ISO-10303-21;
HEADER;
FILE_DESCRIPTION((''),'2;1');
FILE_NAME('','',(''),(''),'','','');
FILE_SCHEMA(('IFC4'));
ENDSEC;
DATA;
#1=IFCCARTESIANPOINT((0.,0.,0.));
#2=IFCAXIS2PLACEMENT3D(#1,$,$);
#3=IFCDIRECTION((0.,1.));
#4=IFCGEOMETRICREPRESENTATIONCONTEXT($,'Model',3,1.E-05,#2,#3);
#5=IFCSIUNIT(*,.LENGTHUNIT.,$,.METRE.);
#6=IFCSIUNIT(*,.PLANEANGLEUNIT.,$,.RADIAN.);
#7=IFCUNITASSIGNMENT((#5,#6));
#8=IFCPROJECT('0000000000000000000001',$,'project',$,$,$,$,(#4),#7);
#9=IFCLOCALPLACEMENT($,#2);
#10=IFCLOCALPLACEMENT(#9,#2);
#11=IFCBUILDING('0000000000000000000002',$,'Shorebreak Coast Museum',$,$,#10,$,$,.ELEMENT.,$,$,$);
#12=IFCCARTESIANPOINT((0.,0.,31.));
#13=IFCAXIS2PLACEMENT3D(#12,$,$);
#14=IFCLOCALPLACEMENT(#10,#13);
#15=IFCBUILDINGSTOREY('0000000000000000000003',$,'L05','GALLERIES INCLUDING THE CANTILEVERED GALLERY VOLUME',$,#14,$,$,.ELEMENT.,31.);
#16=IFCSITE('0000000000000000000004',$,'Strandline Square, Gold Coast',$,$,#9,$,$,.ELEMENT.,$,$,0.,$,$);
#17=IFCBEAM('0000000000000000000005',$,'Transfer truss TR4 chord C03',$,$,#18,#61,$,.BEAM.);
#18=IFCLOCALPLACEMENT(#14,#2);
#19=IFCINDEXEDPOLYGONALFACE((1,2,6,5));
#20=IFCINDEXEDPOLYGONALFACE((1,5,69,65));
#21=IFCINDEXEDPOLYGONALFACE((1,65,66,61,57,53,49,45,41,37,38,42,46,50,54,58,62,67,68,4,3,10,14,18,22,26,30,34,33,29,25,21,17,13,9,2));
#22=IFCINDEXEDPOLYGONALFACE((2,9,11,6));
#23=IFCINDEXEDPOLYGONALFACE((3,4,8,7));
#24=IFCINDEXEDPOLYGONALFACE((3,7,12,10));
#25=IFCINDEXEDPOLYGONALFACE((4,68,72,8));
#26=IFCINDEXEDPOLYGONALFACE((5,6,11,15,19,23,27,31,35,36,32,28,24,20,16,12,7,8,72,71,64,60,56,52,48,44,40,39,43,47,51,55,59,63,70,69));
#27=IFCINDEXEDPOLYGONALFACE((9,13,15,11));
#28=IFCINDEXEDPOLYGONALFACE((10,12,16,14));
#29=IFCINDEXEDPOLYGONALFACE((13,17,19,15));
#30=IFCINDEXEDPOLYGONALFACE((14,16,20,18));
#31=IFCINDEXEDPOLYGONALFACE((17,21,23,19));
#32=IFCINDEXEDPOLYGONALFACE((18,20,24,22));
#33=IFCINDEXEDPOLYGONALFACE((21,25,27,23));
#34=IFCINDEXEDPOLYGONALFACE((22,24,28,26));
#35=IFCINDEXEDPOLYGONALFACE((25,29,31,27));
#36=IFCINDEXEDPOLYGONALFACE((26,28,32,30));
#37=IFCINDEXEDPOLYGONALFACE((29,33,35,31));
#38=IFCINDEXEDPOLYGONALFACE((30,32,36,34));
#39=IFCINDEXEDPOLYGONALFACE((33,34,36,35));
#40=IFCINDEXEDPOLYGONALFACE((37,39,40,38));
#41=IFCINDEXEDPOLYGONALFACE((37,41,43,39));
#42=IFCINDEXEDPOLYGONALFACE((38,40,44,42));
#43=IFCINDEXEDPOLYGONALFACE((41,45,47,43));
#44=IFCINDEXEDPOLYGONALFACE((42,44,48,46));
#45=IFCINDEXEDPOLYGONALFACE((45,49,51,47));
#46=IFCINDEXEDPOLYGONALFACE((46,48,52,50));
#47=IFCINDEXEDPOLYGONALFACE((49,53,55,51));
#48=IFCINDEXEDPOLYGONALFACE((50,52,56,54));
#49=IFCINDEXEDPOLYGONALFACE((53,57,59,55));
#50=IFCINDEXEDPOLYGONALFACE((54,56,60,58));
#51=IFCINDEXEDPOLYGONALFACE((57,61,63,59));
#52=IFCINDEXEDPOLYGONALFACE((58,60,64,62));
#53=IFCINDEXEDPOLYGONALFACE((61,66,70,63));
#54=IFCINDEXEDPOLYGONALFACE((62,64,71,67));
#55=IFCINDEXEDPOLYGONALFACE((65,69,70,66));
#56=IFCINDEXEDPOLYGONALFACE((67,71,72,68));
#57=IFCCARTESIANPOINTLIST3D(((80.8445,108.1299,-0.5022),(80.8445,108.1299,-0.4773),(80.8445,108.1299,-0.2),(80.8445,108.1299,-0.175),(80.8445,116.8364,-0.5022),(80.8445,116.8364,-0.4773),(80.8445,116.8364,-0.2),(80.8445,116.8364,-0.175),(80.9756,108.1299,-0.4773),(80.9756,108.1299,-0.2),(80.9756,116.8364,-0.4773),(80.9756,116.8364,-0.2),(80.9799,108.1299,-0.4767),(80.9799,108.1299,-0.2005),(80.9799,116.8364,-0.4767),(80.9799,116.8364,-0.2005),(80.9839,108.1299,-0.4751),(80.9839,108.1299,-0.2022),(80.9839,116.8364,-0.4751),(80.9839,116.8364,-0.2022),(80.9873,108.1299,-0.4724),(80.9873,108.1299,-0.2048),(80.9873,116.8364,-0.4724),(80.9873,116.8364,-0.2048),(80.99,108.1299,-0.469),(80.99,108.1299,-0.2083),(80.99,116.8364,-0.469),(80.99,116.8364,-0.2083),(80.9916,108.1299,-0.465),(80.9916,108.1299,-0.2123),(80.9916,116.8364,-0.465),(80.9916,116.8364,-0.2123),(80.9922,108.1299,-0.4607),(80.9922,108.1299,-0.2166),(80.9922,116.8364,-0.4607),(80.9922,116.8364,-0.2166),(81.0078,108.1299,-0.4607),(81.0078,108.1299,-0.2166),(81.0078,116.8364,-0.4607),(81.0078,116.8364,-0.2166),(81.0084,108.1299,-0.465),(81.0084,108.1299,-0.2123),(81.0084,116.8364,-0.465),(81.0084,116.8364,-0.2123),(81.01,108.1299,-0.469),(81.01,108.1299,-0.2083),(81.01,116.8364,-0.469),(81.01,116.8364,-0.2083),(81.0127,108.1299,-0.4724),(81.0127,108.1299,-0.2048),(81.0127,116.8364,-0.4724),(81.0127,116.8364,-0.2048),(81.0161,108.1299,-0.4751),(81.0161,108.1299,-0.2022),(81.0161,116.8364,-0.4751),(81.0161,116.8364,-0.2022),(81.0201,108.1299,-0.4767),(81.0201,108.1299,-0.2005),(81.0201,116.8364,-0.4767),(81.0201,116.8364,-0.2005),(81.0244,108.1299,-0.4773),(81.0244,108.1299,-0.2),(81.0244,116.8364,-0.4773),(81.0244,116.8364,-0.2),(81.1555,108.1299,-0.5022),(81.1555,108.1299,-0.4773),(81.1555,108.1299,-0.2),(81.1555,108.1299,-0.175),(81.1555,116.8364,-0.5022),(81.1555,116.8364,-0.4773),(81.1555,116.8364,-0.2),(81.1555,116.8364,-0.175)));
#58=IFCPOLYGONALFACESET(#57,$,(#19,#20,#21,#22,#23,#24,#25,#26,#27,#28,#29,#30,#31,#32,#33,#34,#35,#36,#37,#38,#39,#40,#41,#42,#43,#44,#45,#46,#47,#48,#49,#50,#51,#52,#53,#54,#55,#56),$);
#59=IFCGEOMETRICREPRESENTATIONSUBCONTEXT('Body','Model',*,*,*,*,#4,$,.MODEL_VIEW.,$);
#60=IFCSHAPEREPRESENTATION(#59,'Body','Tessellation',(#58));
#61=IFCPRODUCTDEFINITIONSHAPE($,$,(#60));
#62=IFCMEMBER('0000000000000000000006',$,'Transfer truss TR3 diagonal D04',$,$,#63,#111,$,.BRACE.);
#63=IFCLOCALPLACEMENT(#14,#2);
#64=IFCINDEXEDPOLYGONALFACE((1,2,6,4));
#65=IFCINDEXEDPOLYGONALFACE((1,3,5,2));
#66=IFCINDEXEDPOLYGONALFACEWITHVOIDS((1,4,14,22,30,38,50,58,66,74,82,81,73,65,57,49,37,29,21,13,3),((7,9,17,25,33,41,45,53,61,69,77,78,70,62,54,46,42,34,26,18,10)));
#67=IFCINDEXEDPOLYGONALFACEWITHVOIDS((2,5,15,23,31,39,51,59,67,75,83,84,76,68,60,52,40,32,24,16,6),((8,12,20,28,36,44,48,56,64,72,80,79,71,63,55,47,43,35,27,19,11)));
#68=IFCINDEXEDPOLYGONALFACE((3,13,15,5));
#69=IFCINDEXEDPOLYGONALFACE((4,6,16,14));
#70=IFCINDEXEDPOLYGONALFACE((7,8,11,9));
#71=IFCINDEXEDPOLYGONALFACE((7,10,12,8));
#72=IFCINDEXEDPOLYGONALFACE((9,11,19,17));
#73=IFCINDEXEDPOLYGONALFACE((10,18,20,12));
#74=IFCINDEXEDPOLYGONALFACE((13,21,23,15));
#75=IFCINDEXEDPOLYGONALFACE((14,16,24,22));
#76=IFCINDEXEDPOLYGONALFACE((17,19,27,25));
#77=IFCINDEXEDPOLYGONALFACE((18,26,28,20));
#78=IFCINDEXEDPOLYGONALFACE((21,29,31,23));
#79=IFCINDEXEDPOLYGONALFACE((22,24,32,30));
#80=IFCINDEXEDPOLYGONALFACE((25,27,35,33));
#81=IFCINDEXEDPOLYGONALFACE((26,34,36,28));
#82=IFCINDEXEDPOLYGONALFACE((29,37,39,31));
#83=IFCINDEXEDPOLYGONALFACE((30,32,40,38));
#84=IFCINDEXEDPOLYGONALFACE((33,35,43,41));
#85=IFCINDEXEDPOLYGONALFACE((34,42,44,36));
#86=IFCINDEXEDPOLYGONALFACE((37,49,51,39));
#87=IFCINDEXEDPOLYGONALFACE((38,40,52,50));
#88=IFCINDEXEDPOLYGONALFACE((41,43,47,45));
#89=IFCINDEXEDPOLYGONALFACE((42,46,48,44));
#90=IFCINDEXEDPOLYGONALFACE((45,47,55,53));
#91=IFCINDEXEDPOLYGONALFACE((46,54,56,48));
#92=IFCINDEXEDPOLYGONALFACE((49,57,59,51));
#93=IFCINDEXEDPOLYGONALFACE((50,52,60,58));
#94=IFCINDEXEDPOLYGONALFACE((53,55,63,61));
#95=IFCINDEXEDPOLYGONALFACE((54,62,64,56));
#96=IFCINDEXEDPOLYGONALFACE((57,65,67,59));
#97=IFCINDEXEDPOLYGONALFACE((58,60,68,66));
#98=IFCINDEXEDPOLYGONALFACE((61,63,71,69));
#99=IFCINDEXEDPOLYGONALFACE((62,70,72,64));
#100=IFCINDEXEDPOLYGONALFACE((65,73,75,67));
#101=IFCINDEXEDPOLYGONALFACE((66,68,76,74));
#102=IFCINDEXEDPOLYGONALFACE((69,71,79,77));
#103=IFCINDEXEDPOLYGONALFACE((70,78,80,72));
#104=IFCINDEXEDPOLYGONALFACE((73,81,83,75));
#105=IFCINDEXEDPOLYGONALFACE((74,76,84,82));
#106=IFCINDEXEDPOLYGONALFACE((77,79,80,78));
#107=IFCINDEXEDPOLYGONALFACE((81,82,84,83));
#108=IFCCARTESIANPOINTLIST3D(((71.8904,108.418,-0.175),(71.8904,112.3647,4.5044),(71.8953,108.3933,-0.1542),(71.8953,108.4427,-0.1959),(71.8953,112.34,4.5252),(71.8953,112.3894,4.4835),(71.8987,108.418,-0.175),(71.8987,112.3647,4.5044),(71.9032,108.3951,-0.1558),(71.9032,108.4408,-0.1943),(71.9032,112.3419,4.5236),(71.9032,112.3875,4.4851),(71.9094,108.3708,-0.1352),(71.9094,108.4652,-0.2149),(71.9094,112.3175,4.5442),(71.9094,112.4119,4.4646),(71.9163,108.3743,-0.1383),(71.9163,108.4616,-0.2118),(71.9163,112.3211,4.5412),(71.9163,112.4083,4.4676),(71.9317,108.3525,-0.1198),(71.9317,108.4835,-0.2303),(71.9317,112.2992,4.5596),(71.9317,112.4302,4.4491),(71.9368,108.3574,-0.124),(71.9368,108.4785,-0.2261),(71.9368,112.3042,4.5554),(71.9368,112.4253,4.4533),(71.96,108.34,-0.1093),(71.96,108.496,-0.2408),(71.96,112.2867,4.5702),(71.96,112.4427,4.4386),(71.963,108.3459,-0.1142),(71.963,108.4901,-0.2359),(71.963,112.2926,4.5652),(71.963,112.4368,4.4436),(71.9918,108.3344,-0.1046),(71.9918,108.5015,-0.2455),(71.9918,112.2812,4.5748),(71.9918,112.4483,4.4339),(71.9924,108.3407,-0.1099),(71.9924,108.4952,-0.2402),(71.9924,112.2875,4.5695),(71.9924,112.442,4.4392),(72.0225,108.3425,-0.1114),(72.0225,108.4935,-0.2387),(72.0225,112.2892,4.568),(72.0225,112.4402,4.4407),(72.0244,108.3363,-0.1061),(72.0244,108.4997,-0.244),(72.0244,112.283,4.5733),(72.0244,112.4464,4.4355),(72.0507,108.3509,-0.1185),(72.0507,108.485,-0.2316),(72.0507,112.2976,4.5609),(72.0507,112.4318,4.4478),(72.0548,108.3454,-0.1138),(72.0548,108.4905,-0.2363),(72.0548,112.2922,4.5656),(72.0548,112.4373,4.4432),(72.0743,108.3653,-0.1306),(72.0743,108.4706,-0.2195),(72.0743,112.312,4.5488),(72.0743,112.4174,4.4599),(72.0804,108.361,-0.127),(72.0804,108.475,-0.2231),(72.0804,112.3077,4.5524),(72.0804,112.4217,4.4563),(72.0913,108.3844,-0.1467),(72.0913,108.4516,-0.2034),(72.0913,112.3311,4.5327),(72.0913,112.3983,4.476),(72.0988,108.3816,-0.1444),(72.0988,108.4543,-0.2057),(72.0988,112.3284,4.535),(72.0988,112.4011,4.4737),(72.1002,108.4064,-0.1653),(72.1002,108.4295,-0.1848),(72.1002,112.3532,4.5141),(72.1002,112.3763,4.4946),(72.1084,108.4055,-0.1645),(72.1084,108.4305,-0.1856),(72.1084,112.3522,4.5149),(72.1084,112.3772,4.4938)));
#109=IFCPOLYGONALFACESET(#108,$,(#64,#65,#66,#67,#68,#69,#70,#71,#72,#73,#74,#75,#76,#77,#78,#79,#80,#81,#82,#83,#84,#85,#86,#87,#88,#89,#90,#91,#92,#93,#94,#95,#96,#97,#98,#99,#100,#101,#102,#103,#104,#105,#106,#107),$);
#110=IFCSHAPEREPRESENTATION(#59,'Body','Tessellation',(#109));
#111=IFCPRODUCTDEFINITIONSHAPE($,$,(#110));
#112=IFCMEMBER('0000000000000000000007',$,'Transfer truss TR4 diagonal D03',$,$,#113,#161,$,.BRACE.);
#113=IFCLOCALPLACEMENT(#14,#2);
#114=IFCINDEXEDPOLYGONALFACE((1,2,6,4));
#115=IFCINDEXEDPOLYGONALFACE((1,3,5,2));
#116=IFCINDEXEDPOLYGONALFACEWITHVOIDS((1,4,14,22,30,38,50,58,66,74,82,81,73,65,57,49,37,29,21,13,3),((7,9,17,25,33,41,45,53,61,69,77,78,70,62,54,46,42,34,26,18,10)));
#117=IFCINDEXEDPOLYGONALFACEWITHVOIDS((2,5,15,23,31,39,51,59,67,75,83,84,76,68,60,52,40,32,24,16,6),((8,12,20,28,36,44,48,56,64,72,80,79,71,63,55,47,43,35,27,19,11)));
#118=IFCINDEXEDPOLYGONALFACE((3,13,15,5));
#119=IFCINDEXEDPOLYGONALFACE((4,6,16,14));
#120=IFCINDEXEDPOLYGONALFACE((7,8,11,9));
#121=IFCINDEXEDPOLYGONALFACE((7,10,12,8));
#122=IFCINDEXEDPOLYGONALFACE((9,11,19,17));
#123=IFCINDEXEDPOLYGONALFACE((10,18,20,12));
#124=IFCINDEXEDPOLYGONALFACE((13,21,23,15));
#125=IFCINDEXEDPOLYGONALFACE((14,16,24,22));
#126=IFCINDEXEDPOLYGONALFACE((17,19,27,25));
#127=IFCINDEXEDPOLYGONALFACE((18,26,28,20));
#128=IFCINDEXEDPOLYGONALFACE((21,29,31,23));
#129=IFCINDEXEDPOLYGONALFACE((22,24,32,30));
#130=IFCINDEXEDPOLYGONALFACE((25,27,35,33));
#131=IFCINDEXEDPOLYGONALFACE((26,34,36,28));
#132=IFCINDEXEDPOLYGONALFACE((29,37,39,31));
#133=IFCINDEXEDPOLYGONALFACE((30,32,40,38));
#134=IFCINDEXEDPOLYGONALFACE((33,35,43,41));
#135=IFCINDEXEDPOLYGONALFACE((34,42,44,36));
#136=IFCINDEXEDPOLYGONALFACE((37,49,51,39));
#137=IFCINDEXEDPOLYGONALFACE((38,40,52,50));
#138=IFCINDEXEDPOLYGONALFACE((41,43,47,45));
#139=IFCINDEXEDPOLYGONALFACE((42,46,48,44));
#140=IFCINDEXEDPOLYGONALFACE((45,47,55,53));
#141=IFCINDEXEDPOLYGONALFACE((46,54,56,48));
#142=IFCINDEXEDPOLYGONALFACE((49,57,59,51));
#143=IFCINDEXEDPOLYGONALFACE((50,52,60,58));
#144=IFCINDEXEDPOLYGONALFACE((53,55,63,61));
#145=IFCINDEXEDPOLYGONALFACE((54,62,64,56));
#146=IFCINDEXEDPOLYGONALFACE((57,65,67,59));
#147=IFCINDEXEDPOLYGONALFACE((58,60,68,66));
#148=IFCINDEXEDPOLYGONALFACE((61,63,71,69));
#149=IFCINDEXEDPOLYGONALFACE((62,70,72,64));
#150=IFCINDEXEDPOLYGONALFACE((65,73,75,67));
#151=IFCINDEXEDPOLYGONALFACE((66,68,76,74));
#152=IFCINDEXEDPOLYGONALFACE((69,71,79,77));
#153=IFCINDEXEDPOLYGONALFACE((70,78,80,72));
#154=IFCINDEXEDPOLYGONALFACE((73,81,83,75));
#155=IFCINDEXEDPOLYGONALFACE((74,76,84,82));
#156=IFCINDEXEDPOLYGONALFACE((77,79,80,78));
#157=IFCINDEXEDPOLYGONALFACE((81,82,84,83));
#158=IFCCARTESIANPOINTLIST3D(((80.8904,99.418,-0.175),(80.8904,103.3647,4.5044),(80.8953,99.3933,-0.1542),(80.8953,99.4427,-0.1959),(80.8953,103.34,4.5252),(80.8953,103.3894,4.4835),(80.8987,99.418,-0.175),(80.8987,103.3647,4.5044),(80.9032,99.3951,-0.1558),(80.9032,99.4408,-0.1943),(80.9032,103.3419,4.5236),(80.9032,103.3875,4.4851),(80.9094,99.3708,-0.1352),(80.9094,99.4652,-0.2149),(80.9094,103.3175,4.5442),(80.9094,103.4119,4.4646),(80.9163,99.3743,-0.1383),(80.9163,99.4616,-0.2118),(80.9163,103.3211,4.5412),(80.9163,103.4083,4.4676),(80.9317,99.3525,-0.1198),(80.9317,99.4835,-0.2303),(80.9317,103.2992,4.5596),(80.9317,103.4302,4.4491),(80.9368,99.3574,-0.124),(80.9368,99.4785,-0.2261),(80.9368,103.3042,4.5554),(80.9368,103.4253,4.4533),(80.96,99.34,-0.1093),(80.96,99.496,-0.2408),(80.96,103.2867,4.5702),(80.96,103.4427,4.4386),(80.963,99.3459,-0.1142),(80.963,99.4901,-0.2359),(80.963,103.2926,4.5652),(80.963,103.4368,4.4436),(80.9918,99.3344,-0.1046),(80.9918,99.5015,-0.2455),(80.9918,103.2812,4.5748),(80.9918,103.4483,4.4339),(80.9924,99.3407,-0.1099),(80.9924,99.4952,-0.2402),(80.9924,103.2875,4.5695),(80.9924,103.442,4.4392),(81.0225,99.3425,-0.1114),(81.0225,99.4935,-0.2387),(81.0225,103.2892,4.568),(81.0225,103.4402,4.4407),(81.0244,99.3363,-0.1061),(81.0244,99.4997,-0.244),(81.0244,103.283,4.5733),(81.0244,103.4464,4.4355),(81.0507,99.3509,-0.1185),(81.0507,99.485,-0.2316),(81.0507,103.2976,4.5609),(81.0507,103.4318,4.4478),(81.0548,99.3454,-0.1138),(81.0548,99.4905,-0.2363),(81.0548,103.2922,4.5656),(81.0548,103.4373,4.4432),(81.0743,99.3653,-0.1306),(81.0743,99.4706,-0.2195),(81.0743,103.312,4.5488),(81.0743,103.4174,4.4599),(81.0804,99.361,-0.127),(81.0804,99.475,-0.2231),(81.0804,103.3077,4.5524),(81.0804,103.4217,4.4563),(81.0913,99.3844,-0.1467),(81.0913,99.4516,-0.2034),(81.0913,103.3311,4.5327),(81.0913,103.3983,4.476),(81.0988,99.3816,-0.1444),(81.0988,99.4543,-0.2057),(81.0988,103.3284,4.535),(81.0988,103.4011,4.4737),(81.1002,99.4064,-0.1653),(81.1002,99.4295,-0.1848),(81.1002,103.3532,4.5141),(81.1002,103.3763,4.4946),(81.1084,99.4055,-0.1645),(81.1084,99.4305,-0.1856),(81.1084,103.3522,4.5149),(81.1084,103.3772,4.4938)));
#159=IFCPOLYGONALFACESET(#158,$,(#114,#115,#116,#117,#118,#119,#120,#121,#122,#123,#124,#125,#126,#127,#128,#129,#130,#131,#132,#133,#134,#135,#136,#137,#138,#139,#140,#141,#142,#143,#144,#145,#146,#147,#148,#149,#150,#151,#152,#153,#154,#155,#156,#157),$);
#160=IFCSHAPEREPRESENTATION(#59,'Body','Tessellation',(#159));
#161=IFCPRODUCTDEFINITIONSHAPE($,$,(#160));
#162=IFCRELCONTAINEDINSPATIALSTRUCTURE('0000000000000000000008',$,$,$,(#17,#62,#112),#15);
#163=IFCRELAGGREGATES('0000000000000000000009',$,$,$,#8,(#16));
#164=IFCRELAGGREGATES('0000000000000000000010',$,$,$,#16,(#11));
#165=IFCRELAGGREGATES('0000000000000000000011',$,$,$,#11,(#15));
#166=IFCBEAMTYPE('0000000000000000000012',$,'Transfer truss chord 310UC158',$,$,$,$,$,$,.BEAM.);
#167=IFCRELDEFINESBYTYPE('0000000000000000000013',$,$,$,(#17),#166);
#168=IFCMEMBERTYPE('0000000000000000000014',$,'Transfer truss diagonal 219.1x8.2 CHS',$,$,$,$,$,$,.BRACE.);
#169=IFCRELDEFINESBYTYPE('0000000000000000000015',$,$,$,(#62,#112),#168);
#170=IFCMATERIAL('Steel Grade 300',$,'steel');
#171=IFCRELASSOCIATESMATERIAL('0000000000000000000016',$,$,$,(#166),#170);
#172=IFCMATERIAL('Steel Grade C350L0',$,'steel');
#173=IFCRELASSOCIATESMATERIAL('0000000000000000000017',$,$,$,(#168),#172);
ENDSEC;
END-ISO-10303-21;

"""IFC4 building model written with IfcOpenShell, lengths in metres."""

from ifc_helpers import new_model, si_unit, direction, frame, origin, origin_2d, place, context, subcontext, project, spatial, hollow_circle, i_section, extrude, material, material_profile, profile_set, type_object, element, save


model = new_model("IFC4")

# Units and contexts
model_context = context("Model", 3, precision=1e-05, world=origin(), true_north=direction((0.0, 1.0)))
body_context = subcontext(model_context, "Body", "Model", "MODEL_VIEW")
ifc_project = project(units=[si_unit("LENGTHUNIT", "METRE"), si_unit("PLANEANGLEUNIT", "RADIAN")], contexts=[model_context])

# Site, building, storey
site_placement = place(None, origin())
site = spatial("IfcSite", under=ifc_project, at=site_placement, Name="Strandline Square, Gold Coast", CompositionType="ELEMENT", RefElevation=0.0)
building_placement = place(site_placement, origin())
building = spatial("IfcBuilding", under=site, at=building_placement, Name="Shorebreak Coast Museum", CompositionType="ELEMENT")
storey_placement = place(building_placement, frame((0.0, 0.0, 31.0)))
storey = spatial("IfcBuildingStorey", under=building, at=storey_placement, Name="L05", Description="GALLERIES INCLUDING THE CANTILEVERED GALLERY VOLUME", CompositionType="ELEMENT", Elevation=31.0)

# Beam
ifc_material_1 = material(Name="Steel Grade 300", Category="steel")
ifc_material_profile_1 = material_profile(ifc_material_1, i_section(OverallWidth=0.311, OverallDepth=0.3271, WebThickness=0.0156, FlangeThickness=0.0249, FilletRadius=0.0166, at=origin_2d()), Name="310UC158")
ifc_profile_set_1 = profile_set([ifc_material_profile_1], Name="Steel Grade 300")
beam_type_1 = type_object("IfcBeamType", Name="Transfer truss chord 310UC158", PredefinedType="BEAM", material=ifc_profile_set_1)
beam_1_placement = place(storey_placement, frame((81.0, 108.1299, -0.3386), z_axis=(0.0, 1.0, 0.0), x_axis=(-1.0, 0.0, 0.0)))
element("IfcBeam", 1, at=beam_1_placement, inside=storey, type_object=beam_type_1, Name="Transfer truss TR4 chord C03", PredefinedType="BEAM", context=body_context, shape_type="SweptSolid", body=[
    extrude(i_section(OverallWidth=0.311, OverallDepth=0.3271, WebThickness=0.0156, FlangeThickness=0.0249, FilletRadius=0.0166, at=origin_2d()), origin(), (0.0, 0.0, 1.0), 8.7065),
])

# Members
ifc_material_2 = material(Name="Steel Grade C350L0", Category="steel")
ifc_material_profile_2 = material_profile(ifc_material_2, hollow_circle(Radius=0.1096, WallThickness=0.0083, at=origin_2d()), Name="219.1x8.2 CHS")
ifc_profile_set_2 = profile_set([ifc_material_profile_2], Name="Steel Grade C350L0")
member_type_1 = type_object("IfcMemberType", Name="Transfer truss diagonal 219.1x8.2 CHS", PredefinedType="BRACE", material=ifc_profile_set_2)
for number, where, z_axis, x_axis, name in (
    (2, (72.0, 108.418, -0.175), (0.0, 0.644728, 0.764412), (-1.0, 0.0, 0.0), "Transfer truss TR3 diagonal D04"),
    (3, (81.0, 99.418, -0.175), (0.0, 0.644728, 0.764412), (-1.0, 0.0, 0.0), "Transfer truss TR4 diagonal D03"),
):
    element("IfcMember", number, at=place(storey_placement, frame(where, z_axis=z_axis, x_axis=x_axis)), inside=storey, type_object=member_type_1, Name=name, PredefinedType="BRACE", context=body_context, shape_type="SweptSolid", body=[
        extrude(hollow_circle(Radius=0.1096, WallThickness=0.0083, at=origin_2d()), origin(), (0.0, 0.0, 1.0), 6.1216),
    ])

save(model, "model.ifc")
